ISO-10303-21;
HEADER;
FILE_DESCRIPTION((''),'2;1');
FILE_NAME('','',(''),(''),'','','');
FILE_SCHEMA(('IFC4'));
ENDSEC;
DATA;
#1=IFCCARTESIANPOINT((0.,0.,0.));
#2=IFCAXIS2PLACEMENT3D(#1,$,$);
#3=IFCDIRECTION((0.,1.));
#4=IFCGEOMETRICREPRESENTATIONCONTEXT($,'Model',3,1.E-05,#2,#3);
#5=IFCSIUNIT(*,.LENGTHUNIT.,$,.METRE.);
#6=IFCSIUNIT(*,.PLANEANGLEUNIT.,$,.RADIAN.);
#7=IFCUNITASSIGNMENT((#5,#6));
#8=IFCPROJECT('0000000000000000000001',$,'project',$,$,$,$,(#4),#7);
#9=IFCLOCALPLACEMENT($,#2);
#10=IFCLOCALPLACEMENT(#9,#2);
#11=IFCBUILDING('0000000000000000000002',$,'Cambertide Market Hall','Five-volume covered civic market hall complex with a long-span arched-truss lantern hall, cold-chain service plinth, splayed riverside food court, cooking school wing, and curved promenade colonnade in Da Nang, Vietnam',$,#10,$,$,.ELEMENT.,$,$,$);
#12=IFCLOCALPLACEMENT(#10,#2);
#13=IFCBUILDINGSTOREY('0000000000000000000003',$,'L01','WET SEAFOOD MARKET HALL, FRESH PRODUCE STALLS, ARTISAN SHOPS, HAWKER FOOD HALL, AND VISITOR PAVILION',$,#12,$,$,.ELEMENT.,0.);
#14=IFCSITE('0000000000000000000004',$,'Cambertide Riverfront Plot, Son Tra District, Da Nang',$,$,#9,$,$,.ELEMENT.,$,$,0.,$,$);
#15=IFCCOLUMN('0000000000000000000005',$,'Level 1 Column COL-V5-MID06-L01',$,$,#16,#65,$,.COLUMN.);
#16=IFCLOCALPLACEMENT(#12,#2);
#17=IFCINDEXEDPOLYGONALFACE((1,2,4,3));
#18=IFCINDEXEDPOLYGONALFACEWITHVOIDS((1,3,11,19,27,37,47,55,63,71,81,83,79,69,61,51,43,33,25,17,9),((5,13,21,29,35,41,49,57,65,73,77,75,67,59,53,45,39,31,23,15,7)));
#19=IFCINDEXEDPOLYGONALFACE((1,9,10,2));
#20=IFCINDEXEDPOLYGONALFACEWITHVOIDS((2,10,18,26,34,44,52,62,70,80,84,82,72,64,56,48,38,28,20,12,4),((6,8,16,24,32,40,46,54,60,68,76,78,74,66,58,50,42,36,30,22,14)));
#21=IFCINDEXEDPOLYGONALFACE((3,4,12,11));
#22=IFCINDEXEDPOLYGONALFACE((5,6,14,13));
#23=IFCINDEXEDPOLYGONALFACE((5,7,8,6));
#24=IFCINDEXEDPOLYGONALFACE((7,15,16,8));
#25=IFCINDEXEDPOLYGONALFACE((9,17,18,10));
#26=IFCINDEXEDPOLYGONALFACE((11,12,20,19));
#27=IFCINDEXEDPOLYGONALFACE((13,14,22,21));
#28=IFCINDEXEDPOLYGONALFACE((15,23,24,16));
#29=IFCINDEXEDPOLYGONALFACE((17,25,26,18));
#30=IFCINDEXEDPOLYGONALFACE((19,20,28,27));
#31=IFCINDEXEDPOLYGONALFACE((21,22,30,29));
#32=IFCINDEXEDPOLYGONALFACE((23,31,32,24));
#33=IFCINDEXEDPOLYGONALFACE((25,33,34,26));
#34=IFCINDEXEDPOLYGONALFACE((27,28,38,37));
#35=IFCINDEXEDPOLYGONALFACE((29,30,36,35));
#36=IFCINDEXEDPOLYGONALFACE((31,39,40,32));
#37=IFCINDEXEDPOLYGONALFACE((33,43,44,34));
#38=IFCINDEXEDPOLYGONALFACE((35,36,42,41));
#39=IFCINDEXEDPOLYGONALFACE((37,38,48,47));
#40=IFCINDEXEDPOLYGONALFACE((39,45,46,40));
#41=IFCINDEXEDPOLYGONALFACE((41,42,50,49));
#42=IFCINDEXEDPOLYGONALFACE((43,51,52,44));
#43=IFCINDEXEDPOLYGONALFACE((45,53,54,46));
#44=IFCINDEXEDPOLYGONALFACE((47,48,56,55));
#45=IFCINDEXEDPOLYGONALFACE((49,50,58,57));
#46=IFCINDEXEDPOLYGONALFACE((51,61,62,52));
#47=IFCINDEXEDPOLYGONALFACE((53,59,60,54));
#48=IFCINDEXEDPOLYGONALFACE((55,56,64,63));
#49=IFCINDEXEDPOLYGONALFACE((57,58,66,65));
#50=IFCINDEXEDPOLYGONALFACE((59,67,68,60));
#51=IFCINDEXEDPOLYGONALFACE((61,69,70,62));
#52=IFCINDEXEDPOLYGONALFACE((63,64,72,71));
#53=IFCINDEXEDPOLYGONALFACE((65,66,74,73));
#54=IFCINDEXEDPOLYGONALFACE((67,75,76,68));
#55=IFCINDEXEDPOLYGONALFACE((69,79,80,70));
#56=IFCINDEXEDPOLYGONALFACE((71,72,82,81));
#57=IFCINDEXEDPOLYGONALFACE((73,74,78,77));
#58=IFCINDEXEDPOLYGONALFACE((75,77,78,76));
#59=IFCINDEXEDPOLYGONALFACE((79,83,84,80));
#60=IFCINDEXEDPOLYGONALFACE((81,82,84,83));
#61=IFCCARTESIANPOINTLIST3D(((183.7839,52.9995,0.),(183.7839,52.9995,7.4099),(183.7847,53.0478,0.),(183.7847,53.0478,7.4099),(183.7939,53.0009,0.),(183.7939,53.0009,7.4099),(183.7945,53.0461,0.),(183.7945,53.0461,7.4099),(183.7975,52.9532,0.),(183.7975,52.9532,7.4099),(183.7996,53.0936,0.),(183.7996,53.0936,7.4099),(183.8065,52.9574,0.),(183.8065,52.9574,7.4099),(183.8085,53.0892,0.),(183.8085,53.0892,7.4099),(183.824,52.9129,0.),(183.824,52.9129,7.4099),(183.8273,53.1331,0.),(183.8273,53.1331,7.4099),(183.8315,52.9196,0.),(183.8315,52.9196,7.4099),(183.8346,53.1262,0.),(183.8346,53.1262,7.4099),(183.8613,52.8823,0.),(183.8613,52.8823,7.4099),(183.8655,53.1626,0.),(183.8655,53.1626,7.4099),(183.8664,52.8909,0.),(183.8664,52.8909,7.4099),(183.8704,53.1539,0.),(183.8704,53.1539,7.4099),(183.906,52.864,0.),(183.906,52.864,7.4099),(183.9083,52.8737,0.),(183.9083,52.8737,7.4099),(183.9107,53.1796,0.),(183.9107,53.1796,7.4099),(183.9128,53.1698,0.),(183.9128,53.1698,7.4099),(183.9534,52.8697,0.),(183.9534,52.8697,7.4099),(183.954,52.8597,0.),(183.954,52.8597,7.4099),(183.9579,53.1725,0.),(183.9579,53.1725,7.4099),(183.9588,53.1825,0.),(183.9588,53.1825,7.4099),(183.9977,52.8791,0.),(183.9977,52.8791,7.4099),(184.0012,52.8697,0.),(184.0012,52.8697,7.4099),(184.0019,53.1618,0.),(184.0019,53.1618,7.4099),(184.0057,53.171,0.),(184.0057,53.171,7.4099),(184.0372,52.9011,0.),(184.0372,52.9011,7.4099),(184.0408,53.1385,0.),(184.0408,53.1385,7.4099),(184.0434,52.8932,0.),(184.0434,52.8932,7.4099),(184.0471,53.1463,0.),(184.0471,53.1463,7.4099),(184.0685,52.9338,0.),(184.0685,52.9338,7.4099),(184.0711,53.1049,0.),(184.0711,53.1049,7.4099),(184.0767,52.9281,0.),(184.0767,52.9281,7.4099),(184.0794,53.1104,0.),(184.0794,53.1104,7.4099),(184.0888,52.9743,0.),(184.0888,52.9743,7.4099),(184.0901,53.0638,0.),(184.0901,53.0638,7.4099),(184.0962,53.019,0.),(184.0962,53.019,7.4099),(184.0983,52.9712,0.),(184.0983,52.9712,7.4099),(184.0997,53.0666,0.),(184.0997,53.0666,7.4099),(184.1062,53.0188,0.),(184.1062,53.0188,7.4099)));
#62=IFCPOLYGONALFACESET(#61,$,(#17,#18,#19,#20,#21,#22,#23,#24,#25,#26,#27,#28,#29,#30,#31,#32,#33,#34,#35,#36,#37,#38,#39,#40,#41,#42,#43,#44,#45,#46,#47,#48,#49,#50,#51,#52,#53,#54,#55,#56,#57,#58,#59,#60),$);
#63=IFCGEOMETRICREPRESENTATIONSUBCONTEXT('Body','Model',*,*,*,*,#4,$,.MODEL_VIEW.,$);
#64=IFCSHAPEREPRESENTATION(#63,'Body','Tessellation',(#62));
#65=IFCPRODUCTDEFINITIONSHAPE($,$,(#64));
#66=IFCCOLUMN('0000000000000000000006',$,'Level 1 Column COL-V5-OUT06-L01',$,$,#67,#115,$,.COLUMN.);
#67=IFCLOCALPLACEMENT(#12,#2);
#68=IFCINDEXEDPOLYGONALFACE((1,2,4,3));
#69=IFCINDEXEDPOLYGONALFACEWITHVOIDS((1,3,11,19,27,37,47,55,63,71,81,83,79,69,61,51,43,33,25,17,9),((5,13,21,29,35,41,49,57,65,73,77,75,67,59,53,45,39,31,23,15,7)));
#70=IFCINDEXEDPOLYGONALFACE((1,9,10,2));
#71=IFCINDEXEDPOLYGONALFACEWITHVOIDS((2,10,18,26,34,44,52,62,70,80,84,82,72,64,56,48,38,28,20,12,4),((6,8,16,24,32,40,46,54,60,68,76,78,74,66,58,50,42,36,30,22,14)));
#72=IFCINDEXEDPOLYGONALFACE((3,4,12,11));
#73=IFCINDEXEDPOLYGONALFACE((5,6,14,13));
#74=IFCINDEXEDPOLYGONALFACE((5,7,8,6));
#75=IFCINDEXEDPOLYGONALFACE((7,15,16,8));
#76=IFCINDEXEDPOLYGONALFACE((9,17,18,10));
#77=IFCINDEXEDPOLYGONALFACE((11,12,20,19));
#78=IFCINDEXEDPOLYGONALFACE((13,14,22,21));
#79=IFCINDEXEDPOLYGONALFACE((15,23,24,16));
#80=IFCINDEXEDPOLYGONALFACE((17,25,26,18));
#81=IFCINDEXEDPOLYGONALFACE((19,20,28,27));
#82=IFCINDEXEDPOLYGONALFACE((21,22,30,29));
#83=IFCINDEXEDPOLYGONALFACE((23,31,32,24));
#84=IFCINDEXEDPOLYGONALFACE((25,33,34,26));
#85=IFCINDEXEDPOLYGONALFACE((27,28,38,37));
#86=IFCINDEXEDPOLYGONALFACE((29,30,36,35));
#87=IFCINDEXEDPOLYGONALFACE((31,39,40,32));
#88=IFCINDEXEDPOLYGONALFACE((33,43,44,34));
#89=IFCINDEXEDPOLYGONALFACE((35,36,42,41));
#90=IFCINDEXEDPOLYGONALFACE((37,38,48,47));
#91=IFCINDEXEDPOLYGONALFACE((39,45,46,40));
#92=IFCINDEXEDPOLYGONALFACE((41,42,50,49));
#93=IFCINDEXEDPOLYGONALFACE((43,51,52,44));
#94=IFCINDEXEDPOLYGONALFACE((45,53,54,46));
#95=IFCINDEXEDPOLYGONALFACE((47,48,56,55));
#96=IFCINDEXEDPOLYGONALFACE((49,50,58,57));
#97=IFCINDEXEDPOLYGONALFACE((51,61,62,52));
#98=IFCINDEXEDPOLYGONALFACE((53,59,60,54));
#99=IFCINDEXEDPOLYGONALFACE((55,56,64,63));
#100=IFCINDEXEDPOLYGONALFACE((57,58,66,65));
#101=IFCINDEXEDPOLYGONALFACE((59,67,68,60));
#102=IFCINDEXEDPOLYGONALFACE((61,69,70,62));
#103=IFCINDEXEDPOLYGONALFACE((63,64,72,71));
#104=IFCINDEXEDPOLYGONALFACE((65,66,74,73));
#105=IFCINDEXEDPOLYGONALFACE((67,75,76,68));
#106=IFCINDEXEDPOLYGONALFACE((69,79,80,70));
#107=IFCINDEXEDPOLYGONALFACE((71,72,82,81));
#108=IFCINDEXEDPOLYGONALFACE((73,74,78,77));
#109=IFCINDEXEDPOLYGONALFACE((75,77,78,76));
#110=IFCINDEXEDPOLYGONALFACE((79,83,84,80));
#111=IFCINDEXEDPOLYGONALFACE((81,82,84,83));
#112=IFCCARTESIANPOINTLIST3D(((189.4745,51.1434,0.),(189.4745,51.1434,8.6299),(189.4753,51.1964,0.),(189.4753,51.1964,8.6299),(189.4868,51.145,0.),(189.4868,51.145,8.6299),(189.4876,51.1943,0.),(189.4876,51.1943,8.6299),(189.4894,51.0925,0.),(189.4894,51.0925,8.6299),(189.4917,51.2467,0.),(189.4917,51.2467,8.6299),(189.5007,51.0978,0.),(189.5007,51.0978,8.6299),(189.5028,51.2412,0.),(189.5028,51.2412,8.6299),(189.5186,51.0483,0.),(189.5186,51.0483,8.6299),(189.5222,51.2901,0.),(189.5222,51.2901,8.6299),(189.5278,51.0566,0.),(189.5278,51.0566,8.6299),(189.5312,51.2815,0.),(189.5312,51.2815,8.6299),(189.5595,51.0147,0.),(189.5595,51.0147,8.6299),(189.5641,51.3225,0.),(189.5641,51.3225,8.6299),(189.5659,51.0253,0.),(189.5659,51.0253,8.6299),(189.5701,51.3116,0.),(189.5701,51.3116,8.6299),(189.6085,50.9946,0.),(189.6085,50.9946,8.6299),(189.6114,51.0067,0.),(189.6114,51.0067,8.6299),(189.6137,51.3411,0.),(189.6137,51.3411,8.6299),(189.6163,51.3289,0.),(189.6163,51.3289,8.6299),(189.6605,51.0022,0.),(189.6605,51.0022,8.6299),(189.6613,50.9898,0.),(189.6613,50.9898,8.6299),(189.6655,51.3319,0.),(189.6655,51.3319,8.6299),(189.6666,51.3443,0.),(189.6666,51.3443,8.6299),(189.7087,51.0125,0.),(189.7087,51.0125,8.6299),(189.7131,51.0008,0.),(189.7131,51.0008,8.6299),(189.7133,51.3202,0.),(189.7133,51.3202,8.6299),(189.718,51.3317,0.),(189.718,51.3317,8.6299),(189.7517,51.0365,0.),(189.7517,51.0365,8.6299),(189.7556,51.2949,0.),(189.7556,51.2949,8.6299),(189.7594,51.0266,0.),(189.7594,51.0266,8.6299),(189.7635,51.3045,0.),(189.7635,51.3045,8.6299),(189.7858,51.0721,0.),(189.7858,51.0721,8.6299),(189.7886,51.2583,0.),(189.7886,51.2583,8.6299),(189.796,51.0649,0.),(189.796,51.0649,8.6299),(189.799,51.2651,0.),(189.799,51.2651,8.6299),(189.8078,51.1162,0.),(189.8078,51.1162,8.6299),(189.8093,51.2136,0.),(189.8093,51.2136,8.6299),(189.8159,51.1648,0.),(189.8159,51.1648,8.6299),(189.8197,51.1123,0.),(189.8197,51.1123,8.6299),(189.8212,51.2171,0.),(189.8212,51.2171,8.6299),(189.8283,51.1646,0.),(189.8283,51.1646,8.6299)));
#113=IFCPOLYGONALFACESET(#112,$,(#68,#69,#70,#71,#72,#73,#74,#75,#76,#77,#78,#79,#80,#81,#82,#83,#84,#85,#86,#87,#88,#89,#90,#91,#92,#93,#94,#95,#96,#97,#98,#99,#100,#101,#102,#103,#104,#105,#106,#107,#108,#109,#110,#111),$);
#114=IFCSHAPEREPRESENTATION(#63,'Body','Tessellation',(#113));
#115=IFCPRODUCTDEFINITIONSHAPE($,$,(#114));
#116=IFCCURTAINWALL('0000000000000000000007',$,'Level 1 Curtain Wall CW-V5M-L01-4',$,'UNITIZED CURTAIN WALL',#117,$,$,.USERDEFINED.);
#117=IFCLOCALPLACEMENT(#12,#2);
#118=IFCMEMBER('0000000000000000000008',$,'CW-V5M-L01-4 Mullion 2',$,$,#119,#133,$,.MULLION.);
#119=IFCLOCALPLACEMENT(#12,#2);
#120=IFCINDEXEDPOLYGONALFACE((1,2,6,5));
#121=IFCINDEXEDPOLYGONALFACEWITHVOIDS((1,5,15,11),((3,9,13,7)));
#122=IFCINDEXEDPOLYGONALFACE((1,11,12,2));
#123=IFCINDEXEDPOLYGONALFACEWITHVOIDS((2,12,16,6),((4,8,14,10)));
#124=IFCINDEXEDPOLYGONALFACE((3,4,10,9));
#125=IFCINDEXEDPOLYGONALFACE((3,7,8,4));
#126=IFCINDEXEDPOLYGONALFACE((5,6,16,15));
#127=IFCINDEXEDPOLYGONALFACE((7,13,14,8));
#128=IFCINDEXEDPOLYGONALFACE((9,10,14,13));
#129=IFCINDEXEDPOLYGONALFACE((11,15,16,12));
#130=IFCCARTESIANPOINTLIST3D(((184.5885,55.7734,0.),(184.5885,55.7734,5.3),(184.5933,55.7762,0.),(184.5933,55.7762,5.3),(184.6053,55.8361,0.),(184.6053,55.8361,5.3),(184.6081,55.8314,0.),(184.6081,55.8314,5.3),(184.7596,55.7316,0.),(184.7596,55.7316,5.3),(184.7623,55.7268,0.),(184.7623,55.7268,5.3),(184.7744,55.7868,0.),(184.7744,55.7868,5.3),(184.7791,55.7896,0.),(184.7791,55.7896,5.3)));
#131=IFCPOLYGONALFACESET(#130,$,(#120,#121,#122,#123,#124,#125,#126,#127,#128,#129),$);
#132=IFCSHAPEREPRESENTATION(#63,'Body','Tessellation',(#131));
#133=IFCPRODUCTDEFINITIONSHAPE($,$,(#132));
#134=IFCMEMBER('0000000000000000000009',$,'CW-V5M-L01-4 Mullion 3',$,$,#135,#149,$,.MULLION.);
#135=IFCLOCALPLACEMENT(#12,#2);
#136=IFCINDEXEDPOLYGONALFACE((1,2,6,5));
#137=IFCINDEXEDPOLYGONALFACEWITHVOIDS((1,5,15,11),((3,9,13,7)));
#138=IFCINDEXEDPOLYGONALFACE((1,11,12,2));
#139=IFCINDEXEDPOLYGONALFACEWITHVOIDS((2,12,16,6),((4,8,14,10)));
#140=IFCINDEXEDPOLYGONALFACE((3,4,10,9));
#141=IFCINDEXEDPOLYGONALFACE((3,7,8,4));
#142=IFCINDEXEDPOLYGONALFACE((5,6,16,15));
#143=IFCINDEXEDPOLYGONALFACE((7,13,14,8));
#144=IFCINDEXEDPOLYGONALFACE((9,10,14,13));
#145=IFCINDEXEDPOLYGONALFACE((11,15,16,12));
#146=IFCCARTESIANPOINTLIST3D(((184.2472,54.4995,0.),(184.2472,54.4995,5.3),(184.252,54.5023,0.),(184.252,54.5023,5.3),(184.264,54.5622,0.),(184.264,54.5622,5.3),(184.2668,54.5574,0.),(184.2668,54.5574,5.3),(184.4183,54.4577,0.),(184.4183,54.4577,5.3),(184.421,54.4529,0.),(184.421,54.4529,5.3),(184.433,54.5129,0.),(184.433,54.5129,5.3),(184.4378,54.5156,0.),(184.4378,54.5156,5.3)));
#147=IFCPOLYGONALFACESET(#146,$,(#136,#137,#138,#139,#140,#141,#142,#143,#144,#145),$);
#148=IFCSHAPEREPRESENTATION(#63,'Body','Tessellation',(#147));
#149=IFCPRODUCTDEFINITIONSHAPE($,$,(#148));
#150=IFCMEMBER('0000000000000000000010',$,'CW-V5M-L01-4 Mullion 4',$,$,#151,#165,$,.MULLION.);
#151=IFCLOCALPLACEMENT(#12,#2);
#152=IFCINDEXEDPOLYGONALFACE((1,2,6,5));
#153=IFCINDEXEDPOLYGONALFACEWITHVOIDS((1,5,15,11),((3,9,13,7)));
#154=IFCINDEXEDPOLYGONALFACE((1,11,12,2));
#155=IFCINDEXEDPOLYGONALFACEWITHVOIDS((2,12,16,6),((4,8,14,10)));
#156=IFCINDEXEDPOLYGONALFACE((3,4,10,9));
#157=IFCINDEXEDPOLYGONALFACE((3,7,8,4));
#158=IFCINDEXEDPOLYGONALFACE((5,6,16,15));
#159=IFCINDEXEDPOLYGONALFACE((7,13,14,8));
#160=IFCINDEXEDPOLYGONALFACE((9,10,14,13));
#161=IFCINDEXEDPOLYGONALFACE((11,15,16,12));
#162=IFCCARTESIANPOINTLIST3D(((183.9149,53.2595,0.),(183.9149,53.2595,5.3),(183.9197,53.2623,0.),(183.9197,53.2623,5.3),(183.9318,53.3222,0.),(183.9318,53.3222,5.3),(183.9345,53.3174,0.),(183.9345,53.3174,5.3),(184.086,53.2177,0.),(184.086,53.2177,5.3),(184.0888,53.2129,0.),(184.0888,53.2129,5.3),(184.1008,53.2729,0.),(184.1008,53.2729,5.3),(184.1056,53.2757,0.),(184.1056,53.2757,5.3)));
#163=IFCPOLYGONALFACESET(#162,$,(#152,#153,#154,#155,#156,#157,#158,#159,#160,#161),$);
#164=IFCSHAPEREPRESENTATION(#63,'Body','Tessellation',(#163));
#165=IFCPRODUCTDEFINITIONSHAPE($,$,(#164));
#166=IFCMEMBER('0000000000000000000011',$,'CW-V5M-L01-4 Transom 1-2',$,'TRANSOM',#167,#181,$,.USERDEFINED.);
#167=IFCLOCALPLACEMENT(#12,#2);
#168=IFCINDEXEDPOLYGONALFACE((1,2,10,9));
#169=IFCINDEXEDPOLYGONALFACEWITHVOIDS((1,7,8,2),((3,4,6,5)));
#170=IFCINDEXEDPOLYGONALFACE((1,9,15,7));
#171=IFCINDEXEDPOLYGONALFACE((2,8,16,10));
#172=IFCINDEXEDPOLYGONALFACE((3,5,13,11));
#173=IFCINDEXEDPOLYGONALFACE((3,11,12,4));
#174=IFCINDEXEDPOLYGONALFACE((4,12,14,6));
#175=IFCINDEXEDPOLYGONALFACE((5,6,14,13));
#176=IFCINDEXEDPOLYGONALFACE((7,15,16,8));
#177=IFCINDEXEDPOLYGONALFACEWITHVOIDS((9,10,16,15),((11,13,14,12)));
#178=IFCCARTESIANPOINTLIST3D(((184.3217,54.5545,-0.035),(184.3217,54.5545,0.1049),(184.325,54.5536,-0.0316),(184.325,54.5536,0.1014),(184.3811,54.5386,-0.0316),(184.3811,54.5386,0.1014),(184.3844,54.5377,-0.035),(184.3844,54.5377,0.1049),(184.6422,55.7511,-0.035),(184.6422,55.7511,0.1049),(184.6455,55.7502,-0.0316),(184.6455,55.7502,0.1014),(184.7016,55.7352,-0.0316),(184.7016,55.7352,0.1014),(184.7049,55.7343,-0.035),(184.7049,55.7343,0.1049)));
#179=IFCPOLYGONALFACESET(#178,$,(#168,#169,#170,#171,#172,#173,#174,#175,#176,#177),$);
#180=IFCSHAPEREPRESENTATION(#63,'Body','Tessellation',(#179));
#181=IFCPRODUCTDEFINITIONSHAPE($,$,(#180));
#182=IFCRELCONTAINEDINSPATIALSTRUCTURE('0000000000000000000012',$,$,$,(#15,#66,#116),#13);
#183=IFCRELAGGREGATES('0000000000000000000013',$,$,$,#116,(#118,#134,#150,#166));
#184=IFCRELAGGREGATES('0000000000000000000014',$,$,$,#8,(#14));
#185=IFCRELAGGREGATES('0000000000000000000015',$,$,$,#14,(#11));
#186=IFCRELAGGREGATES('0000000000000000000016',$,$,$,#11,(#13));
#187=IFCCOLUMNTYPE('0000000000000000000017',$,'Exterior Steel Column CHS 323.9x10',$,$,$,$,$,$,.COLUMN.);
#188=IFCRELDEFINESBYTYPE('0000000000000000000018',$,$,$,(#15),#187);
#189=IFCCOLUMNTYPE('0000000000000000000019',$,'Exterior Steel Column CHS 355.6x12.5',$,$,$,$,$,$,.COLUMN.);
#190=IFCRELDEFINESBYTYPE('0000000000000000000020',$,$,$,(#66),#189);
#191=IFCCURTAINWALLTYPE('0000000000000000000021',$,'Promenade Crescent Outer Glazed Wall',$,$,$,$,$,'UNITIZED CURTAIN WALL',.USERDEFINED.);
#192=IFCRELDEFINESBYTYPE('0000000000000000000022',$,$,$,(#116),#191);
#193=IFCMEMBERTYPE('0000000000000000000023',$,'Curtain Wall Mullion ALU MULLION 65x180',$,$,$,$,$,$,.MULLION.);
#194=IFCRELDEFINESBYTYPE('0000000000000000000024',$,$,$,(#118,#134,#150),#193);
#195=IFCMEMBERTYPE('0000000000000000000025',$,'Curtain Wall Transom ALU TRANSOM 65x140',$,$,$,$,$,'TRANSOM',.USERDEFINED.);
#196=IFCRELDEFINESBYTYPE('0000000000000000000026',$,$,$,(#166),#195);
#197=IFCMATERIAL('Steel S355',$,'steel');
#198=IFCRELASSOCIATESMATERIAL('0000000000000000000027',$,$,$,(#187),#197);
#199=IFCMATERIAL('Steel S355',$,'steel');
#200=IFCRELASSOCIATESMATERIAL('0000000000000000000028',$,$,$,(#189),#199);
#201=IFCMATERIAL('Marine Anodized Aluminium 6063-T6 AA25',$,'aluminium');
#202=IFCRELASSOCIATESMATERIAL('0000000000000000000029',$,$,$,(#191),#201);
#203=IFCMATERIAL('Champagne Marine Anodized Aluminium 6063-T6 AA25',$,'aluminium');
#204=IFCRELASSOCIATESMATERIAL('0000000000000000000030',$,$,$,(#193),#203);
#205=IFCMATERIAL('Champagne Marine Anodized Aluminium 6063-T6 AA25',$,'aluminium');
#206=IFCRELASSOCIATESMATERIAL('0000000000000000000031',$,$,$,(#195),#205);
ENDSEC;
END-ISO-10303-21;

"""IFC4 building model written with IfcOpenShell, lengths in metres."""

from ifc_helpers import new_model, si_unit, direction, frame, origin, origin_2d, place, context, subcontext, project, spatial, hollow_rectangle, hollow_circle, extrude, material, material_profile, profile_set, type_object, element, aggregate, save


model = new_model("IFC4")

# Units and contexts
model_context = context("Model", 3, precision=1e-05, world=origin(), true_north=direction((0.0, 1.0)))
body_context = subcontext(model_context, "Body", "Model", "MODEL_VIEW")
ifc_project = project(units=[si_unit("LENGTHUNIT", "METRE"), si_unit("PLANEANGLEUNIT", "RADIAN")], contexts=[model_context])

# Site, building, storey
site_placement = place(None, origin())
site = spatial("IfcSite", under=ifc_project, at=site_placement, Name="Cambertide Riverfront Plot, Son Tra District, Da Nang", CompositionType="ELEMENT", RefElevation=0.0)
building_placement = place(site_placement, origin())
building = spatial("IfcBuilding", under=site, at=building_placement, Name="Cambertide Market Hall", Description="Five-volume covered civic market hall complex with a long-span arched-truss lantern hall, cold-chain service plinth, splayed riverside food court, cooking school wing, and curved promenade colonnade in Da Nang, Vietnam", CompositionType="ELEMENT")
storey_placement = place(building_placement, origin())
storey = spatial("IfcBuildingStorey", under=building, at=storey_placement, Name="L01", Description="WET SEAFOOD MARKET HALL, FRESH PRODUCE STALLS, ARTISAN SHOPS, HAWKER FOOD HALL, AND VISITOR PAVILION", CompositionType="ELEMENT", Elevation=0.0)

# Columns
ifc_material_1 = material(Name="Steel S355", Category="steel")
ifc_material_profile_1 = material_profile(ifc_material_1, hollow_circle(Radius=0.1619, WallThickness=0.01, at=origin_2d()), Name="CHS 323.9x10")
ifc_profile_set_1 = profile_set([ifc_material_profile_1], Name="Steel S355")
column_type_1 = type_object("IfcColumnType", Name="Exterior Steel Column CHS 323.9x10", PredefinedType="COLUMN", material=ifc_profile_set_1)
column_1_placement = place(storey_placement, frame((183.9443, 53.0212, 0.0), z_axis=(0.0, 0.0, 1.0), x_axis=(0.951057, -0.309017, 0.0)))
element("IfcColumn", 1, at=column_1_placement, inside=storey, type_object=column_type_1, Name="Level 1 Column COL-V5-MID06-L01", PredefinedType="COLUMN", context=body_context, shape_type="SweptSolid", body=[
    extrude(hollow_circle(Radius=0.1619, WallThickness=0.01, at=origin_2d()), origin(), (0.0, 0.0, 1.0), 7.4099),
])
ifc_material_2 = material(Name="Steel S355", Category="steel")
ifc_material_profile_2 = material_profile(ifc_material_2, hollow_circle(Radius=0.1777, WallThickness=0.0125, at=origin_2d()), Name="CHS 355.6x12.5")
ifc_profile_set_2 = profile_set([ifc_material_profile_2], Name="Steel S355")
column_type_2 = type_object("IfcColumnType", Name="Exterior Steel Column CHS 355.6x12.5", PredefinedType="COLUMN", material=ifc_profile_set_2)
column_2_placement = place(storey_placement, frame((189.6506, 51.1672, 0.0), z_axis=(0.0, 0.0, 1.0), x_axis=(0.951057, -0.309017, 0.0)))
element("IfcColumn", 2, at=column_2_placement, inside=storey, type_object=column_type_2, Name="Level 1 Column COL-V5-OUT06-L01", PredefinedType="COLUMN", context=body_context, shape_type="SweptSolid", body=[
    extrude(hollow_circle(Radius=0.1777, WallThickness=0.0125, at=origin_2d()), origin(), (0.0, 0.0, 1.0), 8.6299),
])

# Curtain wall, members
ifc_material_3 = material(Name="Marine Anodized Aluminium 6063-T6 AA25", Category="aluminium")
curtain_wall_type = type_object("IfcCurtainWallType", Name="Promenade Crescent Outer Glazed Wall", ElementType="UNITIZED CURTAIN WALL", PredefinedType="USERDEFINED", material=ifc_material_3)
curtain_wall_placement = place(storey_placement, origin())
curtain_wall = element("IfcCurtainWall", 3, at=curtain_wall_placement, inside=storey, type_object=curtain_wall_type, Name="Level 1 Curtain Wall CW-V5M-L01-4", ObjectType="UNITIZED CURTAIN WALL", PredefinedType="USERDEFINED")
ifc_material_4 = material(Name="Champagne Marine Anodized Aluminium 6063-T6 AA25", Category="aluminium")
ifc_material_profile_3 = material_profile(ifc_material_4, hollow_rectangle(XDim=0.0649, YDim=0.1799, WallThickness=0.0039, at=origin_2d()), Name="ALU MULLION 65x180")
ifc_profile_set_3 = profile_set([ifc_material_profile_3], Name="Champagne Marine Anodized Aluminium 6063-T6 AA25")
member_type_1 = type_object("IfcMemberType", Name="Curtain Wall Mullion ALU MULLION 65x180", PredefinedType="MULLION", material=ifc_profile_set_3)
member_1_placement = place(storey_placement, frame((184.6838, 55.7815, 0.0), z_axis=(0.0, 0.0, 1.0), x_axis=(-0.258819, -0.965926, 0.0)))
member_1 = element("IfcMember", 4, at=member_1_placement, type_object=member_type_1, Name="CW-V5M-L01-4 Mullion 2", PredefinedType="MULLION", context=body_context, shape_type="SweptSolid", body=[
    extrude(hollow_rectangle(XDim=0.0649, YDim=0.1799, WallThickness=0.0039, at=origin_2d()), origin(), (0.0, 0.0, 1.0), 5.3),
])
member_2_placement = place(storey_placement, frame((184.3425, 54.5076, 0.0), z_axis=(0.0, 0.0, 1.0), x_axis=(-0.258819, -0.965926, 0.0)))
member_2 = element("IfcMember", 5, at=member_2_placement, type_object=member_type_1, Name="CW-V5M-L01-4 Mullion 3", PredefinedType="MULLION", context=body_context, shape_type="SweptSolid", body=[
    extrude(hollow_rectangle(XDim=0.0649, YDim=0.1799, WallThickness=0.0039, at=origin_2d()), origin(), (0.0, 0.0, 1.0), 5.3),
])
member_3_placement = place(storey_placement, frame((184.0103, 53.2676, 0.0), z_axis=(0.0, 0.0, 1.0), x_axis=(-0.258819, -0.965926, 0.0)))
member_3 = element("IfcMember", 6, at=member_3_placement, type_object=member_type_1, Name="CW-V5M-L01-4 Mullion 4", PredefinedType="MULLION", context=body_context, shape_type="SweptSolid", body=[
    extrude(hollow_rectangle(XDim=0.0649, YDim=0.1799, WallThickness=0.0039, at=origin_2d()), origin(), (0.0, 0.0, 1.0), 5.3),
])
ifc_material_5 = material(Name="Champagne Marine Anodized Aluminium 6063-T6 AA25", Category="aluminium")
ifc_material_profile_4 = material_profile(ifc_material_5, hollow_rectangle(XDim=0.0649, YDim=0.1399, WallThickness=0.0034, at=origin_2d()), Name="ALU TRANSOM 65x140")
ifc_profile_set_4 = profile_set([ifc_material_profile_4], Name="Champagne Marine Anodized Aluminium 6063-T6 AA25")
member_type_2 = type_object("IfcMemberType", Name="Curtain Wall Transom ALU TRANSOM 65x140", ElementType="TRANSOM", PredefinedType="USERDEFINED", material=ifc_profile_set_4)
member_4_placement = place(storey_placement, frame((184.6736, 55.7427, 0.0349), z_axis=(-0.258779, -0.965937, 0.0), x_axis=(0.965937, -0.258779, 0.0)))
member_4 = element("IfcMember", 7, at=member_4_placement, type_object=member_type_2, Name="CW-V5M-L01-4 Transom 1-2", ObjectType="TRANSOM", PredefinedType="USERDEFINED", context=body_context, shape_type="SweptSolid", body=[
    extrude(hollow_rectangle(XDim=0.0649, YDim=0.1399, WallThickness=0.0034, at=origin_2d()), origin(), (0.0, 0.0, 1.0), 1.2388),
])

aggregate(curtain_wall, [member_1, member_2, member_3, member_4])

save(model, "model.ifc")
